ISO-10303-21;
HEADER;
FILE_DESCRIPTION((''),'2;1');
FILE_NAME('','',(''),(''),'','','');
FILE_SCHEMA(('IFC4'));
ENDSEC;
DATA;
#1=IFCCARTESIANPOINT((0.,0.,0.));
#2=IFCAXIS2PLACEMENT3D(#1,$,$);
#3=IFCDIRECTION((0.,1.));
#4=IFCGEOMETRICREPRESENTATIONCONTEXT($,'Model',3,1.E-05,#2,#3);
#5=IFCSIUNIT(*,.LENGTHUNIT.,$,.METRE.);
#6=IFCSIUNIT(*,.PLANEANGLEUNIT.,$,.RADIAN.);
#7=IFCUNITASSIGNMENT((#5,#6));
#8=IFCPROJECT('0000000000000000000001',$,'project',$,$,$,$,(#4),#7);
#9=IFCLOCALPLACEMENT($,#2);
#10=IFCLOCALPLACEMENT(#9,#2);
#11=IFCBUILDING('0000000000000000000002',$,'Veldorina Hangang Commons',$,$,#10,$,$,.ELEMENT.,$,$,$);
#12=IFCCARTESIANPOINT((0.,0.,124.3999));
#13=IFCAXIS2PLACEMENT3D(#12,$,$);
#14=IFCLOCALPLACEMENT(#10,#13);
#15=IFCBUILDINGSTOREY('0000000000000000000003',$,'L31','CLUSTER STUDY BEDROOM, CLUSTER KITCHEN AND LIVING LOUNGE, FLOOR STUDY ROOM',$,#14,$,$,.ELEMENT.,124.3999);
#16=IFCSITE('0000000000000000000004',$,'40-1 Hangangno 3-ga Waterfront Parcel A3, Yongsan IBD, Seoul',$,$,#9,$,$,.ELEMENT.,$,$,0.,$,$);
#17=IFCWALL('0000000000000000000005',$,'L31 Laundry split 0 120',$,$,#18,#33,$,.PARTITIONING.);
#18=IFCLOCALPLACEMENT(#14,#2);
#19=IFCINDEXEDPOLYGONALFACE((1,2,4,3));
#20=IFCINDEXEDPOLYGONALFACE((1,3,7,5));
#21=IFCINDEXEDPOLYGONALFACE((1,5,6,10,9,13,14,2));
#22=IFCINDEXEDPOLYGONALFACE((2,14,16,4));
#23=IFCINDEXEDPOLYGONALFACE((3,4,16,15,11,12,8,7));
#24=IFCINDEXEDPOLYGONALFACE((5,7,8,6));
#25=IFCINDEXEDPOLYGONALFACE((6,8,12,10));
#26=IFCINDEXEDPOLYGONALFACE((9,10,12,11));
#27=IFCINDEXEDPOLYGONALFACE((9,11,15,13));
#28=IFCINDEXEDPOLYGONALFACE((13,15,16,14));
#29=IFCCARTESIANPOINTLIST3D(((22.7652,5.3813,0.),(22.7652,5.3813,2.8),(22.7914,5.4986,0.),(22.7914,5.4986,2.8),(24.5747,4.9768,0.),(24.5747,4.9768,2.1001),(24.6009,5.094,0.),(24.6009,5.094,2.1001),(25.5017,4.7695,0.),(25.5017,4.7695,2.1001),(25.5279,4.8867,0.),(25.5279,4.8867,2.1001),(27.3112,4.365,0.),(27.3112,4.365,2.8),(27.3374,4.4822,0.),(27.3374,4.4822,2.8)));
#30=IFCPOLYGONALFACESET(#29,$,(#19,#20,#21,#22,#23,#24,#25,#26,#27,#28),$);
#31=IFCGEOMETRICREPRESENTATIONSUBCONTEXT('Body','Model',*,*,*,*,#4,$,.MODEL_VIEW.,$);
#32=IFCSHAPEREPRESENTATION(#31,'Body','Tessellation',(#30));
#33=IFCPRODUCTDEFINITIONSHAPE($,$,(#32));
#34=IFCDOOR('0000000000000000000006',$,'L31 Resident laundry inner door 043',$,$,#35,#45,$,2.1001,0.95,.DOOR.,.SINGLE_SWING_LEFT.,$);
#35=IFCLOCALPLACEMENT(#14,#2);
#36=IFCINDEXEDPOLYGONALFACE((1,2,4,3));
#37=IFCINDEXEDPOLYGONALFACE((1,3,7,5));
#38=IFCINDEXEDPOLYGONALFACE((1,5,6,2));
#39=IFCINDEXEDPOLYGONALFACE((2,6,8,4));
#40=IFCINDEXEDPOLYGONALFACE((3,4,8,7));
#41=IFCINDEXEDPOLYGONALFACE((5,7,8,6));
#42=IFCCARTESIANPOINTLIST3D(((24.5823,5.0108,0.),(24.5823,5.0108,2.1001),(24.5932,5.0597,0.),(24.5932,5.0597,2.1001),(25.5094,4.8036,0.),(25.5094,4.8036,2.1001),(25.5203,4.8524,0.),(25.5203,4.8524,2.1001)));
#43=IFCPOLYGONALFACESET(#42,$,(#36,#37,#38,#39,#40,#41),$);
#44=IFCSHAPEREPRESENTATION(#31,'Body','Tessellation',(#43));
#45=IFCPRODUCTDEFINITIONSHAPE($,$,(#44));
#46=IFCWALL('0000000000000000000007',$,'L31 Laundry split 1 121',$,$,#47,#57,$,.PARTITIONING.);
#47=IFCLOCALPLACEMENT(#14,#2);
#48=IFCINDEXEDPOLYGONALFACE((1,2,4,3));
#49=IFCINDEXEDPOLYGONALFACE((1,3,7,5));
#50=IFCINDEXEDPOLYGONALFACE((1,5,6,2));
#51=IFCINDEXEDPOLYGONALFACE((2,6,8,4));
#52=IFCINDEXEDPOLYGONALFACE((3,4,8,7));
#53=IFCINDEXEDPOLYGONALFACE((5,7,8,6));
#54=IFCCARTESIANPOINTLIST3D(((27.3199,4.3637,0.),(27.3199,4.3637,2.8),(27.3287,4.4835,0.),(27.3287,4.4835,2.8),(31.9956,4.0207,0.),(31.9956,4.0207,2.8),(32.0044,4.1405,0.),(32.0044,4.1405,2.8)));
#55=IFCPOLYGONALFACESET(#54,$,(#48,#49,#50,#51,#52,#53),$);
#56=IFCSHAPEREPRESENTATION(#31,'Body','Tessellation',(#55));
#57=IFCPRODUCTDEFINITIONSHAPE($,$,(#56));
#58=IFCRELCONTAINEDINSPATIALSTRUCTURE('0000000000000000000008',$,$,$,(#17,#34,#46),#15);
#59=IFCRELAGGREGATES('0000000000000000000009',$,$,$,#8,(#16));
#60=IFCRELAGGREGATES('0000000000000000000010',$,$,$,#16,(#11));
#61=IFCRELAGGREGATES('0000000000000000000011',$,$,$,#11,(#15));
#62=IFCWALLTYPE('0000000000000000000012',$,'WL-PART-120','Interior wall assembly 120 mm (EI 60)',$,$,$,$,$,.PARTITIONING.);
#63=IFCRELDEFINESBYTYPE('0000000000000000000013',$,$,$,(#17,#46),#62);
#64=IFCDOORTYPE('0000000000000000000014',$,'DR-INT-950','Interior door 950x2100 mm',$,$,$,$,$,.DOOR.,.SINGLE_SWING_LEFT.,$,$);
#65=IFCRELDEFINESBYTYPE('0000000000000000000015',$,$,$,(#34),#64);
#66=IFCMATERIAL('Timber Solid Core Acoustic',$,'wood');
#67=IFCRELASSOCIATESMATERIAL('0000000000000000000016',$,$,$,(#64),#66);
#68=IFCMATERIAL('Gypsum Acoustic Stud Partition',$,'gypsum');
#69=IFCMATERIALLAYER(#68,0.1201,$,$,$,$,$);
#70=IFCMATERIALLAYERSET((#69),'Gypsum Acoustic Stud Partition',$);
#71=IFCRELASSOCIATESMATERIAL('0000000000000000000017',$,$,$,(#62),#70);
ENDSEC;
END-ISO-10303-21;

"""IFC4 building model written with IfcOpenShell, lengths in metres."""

from ifc_helpers import new_model, si_unit, direction, frame, frame_2d, origin, place, context, subcontext, project, spatial, rectangle, extrude, material, layer, layer_set, type_object, element, fill, save


model = new_model("IFC4")

# Units and contexts
model_context = context("Model", 3, precision=1e-05, world=origin(), true_north=direction((0.0, 1.0)))
body_context = subcontext(model_context, "Body", "Model", "MODEL_VIEW")
ifc_project = project(units=[si_unit("LENGTHUNIT", "METRE"), si_unit("PLANEANGLEUNIT", "RADIAN")], contexts=[model_context])

# Site, building, storey
site_placement = place(None, origin())
site = spatial("IfcSite", under=ifc_project, at=site_placement, Name="40-1 Hangangno 3-ga Waterfront Parcel A3, Yongsan IBD, Seoul", CompositionType="ELEMENT", RefElevation=0.0)
building_placement = place(site_placement, origin())
building = spatial("IfcBuilding", under=site, at=building_placement, Name="Veldorina Hangang Commons", CompositionType="ELEMENT")
storey_placement = place(building_placement, frame((0.0, 0.0, 124.3999)))
storey = spatial("IfcBuildingStorey", under=building, at=storey_placement, Name="L31", Description="CLUSTER STUDY BEDROOM, CLUSTER KITCHEN AND LIVING LOUNGE, FLOOR STUDY ROOM", CompositionType="ELEMENT", Elevation=124.3999)

# Shared definitions
ifc_material_1 = material(Name="Timber Solid Core Acoustic", Category="wood")
door_type_1 = type_object("IfcDoorType", Name="DR-INT-950", Description="Interior door 950x2100 mm", OperationType="SINGLE_SWING_LEFT", PredefinedType="DOOR", material=ifc_material_1)

# Wall, opening, door
ifc_material_2 = material(Name="Gypsum Acoustic Stud Partition", Category="gypsum")
ifc_layer_1 = layer(ifc_material_2, 0.1201)
ifc_layer_set_1 = layer_set([ifc_layer_1], Name="Gypsum Acoustic Stud Partition")
wall_type_1 = type_object("IfcWallType", Name="WL-PART-120", Description="Interior wall assembly 120 mm (EI 60)", PredefinedType="PARTITIONING", material=ifc_layer_set_1)
wall_1_placement = place(storey_placement, frame((22.7783, 5.4399, 0.0), z_axis=(0.0, 0.0, 1.0), x_axis=(0.975906, -0.21819, 0.0)))
wall_1 = element("IfcWall", 1, at=wall_1_placement, inside=storey, type_object=wall_type_1, Name="L31 Laundry split 0 120", PredefinedType="PARTITIONING", context=body_context, shape_type="SweptSolid", body=[
    extrude(rectangle(XDim=4.6582, YDim=0.1201, at=frame_2d((2.3291, 0.0))), origin(), (0.0, 0.0, 1.0), 2.8),
])
opening_1_placement = place(wall_1_placement, frame((1.854, 0.0, 0.0)))
opening_1 = element("IfcOpeningElement", 2, at=opening_1_placement, cuts=wall_1, PredefinedType="OPENING", context=body_context, shape_type="SweptSolid", body=[
    extrude(rectangle(XDim=0.95, YDim=2.1001, at=frame_2d((0.4751, 1.05))), frame((0.0, 0.0701, 0.0), z_axis=(0.0, -1.0, 0.0), x_axis=(1.0, 0.0, 0.0)), (0.0, 0.0, 1.0), 0.1401),
])
door_1_placement = place(opening_1_placement, origin())
door_1 = element("IfcDoor", 3, at=door_1_placement, inside=storey, type_object=door_type_1, Name="L31 Resident laundry inner door 043", OperationType="SINGLE_SWING_LEFT", OverallHeight=2.1001, OverallWidth=0.95, PredefinedType="DOOR", context=body_context, shape_type="SweptSolid", body=[
    extrude(rectangle(XDim=0.95, YDim=2.1001, at=frame_2d((0.4751, 1.05))), frame((0.0, 0.0249, 0.0), z_axis=(0.0, -1.0, 0.0), x_axis=(1.0, 0.0, 0.0)), (0.0, 0.0, 1.0), 0.05),
])
fill(opening_1, door_1)

# Wall
wall_2_placement = place(storey_placement, frame((27.3242, 4.4236, 0.0), z_axis=(0.0, 0.0, 1.0), x_axis=(0.99732, -0.073164, 0.0)))
element("IfcWall", 4, at=wall_2_placement, inside=storey, type_object=wall_type_1, Name="L31 Laundry split 1 121", PredefinedType="PARTITIONING", context=body_context, shape_type="SweptSolid", body=[
    extrude(rectangle(XDim=4.6882, YDim=0.1201, at=frame_2d((2.3442, 0.0))), origin(), (0.0, 0.0, 1.0), 2.8),
])

save(model, "model.ifc")
